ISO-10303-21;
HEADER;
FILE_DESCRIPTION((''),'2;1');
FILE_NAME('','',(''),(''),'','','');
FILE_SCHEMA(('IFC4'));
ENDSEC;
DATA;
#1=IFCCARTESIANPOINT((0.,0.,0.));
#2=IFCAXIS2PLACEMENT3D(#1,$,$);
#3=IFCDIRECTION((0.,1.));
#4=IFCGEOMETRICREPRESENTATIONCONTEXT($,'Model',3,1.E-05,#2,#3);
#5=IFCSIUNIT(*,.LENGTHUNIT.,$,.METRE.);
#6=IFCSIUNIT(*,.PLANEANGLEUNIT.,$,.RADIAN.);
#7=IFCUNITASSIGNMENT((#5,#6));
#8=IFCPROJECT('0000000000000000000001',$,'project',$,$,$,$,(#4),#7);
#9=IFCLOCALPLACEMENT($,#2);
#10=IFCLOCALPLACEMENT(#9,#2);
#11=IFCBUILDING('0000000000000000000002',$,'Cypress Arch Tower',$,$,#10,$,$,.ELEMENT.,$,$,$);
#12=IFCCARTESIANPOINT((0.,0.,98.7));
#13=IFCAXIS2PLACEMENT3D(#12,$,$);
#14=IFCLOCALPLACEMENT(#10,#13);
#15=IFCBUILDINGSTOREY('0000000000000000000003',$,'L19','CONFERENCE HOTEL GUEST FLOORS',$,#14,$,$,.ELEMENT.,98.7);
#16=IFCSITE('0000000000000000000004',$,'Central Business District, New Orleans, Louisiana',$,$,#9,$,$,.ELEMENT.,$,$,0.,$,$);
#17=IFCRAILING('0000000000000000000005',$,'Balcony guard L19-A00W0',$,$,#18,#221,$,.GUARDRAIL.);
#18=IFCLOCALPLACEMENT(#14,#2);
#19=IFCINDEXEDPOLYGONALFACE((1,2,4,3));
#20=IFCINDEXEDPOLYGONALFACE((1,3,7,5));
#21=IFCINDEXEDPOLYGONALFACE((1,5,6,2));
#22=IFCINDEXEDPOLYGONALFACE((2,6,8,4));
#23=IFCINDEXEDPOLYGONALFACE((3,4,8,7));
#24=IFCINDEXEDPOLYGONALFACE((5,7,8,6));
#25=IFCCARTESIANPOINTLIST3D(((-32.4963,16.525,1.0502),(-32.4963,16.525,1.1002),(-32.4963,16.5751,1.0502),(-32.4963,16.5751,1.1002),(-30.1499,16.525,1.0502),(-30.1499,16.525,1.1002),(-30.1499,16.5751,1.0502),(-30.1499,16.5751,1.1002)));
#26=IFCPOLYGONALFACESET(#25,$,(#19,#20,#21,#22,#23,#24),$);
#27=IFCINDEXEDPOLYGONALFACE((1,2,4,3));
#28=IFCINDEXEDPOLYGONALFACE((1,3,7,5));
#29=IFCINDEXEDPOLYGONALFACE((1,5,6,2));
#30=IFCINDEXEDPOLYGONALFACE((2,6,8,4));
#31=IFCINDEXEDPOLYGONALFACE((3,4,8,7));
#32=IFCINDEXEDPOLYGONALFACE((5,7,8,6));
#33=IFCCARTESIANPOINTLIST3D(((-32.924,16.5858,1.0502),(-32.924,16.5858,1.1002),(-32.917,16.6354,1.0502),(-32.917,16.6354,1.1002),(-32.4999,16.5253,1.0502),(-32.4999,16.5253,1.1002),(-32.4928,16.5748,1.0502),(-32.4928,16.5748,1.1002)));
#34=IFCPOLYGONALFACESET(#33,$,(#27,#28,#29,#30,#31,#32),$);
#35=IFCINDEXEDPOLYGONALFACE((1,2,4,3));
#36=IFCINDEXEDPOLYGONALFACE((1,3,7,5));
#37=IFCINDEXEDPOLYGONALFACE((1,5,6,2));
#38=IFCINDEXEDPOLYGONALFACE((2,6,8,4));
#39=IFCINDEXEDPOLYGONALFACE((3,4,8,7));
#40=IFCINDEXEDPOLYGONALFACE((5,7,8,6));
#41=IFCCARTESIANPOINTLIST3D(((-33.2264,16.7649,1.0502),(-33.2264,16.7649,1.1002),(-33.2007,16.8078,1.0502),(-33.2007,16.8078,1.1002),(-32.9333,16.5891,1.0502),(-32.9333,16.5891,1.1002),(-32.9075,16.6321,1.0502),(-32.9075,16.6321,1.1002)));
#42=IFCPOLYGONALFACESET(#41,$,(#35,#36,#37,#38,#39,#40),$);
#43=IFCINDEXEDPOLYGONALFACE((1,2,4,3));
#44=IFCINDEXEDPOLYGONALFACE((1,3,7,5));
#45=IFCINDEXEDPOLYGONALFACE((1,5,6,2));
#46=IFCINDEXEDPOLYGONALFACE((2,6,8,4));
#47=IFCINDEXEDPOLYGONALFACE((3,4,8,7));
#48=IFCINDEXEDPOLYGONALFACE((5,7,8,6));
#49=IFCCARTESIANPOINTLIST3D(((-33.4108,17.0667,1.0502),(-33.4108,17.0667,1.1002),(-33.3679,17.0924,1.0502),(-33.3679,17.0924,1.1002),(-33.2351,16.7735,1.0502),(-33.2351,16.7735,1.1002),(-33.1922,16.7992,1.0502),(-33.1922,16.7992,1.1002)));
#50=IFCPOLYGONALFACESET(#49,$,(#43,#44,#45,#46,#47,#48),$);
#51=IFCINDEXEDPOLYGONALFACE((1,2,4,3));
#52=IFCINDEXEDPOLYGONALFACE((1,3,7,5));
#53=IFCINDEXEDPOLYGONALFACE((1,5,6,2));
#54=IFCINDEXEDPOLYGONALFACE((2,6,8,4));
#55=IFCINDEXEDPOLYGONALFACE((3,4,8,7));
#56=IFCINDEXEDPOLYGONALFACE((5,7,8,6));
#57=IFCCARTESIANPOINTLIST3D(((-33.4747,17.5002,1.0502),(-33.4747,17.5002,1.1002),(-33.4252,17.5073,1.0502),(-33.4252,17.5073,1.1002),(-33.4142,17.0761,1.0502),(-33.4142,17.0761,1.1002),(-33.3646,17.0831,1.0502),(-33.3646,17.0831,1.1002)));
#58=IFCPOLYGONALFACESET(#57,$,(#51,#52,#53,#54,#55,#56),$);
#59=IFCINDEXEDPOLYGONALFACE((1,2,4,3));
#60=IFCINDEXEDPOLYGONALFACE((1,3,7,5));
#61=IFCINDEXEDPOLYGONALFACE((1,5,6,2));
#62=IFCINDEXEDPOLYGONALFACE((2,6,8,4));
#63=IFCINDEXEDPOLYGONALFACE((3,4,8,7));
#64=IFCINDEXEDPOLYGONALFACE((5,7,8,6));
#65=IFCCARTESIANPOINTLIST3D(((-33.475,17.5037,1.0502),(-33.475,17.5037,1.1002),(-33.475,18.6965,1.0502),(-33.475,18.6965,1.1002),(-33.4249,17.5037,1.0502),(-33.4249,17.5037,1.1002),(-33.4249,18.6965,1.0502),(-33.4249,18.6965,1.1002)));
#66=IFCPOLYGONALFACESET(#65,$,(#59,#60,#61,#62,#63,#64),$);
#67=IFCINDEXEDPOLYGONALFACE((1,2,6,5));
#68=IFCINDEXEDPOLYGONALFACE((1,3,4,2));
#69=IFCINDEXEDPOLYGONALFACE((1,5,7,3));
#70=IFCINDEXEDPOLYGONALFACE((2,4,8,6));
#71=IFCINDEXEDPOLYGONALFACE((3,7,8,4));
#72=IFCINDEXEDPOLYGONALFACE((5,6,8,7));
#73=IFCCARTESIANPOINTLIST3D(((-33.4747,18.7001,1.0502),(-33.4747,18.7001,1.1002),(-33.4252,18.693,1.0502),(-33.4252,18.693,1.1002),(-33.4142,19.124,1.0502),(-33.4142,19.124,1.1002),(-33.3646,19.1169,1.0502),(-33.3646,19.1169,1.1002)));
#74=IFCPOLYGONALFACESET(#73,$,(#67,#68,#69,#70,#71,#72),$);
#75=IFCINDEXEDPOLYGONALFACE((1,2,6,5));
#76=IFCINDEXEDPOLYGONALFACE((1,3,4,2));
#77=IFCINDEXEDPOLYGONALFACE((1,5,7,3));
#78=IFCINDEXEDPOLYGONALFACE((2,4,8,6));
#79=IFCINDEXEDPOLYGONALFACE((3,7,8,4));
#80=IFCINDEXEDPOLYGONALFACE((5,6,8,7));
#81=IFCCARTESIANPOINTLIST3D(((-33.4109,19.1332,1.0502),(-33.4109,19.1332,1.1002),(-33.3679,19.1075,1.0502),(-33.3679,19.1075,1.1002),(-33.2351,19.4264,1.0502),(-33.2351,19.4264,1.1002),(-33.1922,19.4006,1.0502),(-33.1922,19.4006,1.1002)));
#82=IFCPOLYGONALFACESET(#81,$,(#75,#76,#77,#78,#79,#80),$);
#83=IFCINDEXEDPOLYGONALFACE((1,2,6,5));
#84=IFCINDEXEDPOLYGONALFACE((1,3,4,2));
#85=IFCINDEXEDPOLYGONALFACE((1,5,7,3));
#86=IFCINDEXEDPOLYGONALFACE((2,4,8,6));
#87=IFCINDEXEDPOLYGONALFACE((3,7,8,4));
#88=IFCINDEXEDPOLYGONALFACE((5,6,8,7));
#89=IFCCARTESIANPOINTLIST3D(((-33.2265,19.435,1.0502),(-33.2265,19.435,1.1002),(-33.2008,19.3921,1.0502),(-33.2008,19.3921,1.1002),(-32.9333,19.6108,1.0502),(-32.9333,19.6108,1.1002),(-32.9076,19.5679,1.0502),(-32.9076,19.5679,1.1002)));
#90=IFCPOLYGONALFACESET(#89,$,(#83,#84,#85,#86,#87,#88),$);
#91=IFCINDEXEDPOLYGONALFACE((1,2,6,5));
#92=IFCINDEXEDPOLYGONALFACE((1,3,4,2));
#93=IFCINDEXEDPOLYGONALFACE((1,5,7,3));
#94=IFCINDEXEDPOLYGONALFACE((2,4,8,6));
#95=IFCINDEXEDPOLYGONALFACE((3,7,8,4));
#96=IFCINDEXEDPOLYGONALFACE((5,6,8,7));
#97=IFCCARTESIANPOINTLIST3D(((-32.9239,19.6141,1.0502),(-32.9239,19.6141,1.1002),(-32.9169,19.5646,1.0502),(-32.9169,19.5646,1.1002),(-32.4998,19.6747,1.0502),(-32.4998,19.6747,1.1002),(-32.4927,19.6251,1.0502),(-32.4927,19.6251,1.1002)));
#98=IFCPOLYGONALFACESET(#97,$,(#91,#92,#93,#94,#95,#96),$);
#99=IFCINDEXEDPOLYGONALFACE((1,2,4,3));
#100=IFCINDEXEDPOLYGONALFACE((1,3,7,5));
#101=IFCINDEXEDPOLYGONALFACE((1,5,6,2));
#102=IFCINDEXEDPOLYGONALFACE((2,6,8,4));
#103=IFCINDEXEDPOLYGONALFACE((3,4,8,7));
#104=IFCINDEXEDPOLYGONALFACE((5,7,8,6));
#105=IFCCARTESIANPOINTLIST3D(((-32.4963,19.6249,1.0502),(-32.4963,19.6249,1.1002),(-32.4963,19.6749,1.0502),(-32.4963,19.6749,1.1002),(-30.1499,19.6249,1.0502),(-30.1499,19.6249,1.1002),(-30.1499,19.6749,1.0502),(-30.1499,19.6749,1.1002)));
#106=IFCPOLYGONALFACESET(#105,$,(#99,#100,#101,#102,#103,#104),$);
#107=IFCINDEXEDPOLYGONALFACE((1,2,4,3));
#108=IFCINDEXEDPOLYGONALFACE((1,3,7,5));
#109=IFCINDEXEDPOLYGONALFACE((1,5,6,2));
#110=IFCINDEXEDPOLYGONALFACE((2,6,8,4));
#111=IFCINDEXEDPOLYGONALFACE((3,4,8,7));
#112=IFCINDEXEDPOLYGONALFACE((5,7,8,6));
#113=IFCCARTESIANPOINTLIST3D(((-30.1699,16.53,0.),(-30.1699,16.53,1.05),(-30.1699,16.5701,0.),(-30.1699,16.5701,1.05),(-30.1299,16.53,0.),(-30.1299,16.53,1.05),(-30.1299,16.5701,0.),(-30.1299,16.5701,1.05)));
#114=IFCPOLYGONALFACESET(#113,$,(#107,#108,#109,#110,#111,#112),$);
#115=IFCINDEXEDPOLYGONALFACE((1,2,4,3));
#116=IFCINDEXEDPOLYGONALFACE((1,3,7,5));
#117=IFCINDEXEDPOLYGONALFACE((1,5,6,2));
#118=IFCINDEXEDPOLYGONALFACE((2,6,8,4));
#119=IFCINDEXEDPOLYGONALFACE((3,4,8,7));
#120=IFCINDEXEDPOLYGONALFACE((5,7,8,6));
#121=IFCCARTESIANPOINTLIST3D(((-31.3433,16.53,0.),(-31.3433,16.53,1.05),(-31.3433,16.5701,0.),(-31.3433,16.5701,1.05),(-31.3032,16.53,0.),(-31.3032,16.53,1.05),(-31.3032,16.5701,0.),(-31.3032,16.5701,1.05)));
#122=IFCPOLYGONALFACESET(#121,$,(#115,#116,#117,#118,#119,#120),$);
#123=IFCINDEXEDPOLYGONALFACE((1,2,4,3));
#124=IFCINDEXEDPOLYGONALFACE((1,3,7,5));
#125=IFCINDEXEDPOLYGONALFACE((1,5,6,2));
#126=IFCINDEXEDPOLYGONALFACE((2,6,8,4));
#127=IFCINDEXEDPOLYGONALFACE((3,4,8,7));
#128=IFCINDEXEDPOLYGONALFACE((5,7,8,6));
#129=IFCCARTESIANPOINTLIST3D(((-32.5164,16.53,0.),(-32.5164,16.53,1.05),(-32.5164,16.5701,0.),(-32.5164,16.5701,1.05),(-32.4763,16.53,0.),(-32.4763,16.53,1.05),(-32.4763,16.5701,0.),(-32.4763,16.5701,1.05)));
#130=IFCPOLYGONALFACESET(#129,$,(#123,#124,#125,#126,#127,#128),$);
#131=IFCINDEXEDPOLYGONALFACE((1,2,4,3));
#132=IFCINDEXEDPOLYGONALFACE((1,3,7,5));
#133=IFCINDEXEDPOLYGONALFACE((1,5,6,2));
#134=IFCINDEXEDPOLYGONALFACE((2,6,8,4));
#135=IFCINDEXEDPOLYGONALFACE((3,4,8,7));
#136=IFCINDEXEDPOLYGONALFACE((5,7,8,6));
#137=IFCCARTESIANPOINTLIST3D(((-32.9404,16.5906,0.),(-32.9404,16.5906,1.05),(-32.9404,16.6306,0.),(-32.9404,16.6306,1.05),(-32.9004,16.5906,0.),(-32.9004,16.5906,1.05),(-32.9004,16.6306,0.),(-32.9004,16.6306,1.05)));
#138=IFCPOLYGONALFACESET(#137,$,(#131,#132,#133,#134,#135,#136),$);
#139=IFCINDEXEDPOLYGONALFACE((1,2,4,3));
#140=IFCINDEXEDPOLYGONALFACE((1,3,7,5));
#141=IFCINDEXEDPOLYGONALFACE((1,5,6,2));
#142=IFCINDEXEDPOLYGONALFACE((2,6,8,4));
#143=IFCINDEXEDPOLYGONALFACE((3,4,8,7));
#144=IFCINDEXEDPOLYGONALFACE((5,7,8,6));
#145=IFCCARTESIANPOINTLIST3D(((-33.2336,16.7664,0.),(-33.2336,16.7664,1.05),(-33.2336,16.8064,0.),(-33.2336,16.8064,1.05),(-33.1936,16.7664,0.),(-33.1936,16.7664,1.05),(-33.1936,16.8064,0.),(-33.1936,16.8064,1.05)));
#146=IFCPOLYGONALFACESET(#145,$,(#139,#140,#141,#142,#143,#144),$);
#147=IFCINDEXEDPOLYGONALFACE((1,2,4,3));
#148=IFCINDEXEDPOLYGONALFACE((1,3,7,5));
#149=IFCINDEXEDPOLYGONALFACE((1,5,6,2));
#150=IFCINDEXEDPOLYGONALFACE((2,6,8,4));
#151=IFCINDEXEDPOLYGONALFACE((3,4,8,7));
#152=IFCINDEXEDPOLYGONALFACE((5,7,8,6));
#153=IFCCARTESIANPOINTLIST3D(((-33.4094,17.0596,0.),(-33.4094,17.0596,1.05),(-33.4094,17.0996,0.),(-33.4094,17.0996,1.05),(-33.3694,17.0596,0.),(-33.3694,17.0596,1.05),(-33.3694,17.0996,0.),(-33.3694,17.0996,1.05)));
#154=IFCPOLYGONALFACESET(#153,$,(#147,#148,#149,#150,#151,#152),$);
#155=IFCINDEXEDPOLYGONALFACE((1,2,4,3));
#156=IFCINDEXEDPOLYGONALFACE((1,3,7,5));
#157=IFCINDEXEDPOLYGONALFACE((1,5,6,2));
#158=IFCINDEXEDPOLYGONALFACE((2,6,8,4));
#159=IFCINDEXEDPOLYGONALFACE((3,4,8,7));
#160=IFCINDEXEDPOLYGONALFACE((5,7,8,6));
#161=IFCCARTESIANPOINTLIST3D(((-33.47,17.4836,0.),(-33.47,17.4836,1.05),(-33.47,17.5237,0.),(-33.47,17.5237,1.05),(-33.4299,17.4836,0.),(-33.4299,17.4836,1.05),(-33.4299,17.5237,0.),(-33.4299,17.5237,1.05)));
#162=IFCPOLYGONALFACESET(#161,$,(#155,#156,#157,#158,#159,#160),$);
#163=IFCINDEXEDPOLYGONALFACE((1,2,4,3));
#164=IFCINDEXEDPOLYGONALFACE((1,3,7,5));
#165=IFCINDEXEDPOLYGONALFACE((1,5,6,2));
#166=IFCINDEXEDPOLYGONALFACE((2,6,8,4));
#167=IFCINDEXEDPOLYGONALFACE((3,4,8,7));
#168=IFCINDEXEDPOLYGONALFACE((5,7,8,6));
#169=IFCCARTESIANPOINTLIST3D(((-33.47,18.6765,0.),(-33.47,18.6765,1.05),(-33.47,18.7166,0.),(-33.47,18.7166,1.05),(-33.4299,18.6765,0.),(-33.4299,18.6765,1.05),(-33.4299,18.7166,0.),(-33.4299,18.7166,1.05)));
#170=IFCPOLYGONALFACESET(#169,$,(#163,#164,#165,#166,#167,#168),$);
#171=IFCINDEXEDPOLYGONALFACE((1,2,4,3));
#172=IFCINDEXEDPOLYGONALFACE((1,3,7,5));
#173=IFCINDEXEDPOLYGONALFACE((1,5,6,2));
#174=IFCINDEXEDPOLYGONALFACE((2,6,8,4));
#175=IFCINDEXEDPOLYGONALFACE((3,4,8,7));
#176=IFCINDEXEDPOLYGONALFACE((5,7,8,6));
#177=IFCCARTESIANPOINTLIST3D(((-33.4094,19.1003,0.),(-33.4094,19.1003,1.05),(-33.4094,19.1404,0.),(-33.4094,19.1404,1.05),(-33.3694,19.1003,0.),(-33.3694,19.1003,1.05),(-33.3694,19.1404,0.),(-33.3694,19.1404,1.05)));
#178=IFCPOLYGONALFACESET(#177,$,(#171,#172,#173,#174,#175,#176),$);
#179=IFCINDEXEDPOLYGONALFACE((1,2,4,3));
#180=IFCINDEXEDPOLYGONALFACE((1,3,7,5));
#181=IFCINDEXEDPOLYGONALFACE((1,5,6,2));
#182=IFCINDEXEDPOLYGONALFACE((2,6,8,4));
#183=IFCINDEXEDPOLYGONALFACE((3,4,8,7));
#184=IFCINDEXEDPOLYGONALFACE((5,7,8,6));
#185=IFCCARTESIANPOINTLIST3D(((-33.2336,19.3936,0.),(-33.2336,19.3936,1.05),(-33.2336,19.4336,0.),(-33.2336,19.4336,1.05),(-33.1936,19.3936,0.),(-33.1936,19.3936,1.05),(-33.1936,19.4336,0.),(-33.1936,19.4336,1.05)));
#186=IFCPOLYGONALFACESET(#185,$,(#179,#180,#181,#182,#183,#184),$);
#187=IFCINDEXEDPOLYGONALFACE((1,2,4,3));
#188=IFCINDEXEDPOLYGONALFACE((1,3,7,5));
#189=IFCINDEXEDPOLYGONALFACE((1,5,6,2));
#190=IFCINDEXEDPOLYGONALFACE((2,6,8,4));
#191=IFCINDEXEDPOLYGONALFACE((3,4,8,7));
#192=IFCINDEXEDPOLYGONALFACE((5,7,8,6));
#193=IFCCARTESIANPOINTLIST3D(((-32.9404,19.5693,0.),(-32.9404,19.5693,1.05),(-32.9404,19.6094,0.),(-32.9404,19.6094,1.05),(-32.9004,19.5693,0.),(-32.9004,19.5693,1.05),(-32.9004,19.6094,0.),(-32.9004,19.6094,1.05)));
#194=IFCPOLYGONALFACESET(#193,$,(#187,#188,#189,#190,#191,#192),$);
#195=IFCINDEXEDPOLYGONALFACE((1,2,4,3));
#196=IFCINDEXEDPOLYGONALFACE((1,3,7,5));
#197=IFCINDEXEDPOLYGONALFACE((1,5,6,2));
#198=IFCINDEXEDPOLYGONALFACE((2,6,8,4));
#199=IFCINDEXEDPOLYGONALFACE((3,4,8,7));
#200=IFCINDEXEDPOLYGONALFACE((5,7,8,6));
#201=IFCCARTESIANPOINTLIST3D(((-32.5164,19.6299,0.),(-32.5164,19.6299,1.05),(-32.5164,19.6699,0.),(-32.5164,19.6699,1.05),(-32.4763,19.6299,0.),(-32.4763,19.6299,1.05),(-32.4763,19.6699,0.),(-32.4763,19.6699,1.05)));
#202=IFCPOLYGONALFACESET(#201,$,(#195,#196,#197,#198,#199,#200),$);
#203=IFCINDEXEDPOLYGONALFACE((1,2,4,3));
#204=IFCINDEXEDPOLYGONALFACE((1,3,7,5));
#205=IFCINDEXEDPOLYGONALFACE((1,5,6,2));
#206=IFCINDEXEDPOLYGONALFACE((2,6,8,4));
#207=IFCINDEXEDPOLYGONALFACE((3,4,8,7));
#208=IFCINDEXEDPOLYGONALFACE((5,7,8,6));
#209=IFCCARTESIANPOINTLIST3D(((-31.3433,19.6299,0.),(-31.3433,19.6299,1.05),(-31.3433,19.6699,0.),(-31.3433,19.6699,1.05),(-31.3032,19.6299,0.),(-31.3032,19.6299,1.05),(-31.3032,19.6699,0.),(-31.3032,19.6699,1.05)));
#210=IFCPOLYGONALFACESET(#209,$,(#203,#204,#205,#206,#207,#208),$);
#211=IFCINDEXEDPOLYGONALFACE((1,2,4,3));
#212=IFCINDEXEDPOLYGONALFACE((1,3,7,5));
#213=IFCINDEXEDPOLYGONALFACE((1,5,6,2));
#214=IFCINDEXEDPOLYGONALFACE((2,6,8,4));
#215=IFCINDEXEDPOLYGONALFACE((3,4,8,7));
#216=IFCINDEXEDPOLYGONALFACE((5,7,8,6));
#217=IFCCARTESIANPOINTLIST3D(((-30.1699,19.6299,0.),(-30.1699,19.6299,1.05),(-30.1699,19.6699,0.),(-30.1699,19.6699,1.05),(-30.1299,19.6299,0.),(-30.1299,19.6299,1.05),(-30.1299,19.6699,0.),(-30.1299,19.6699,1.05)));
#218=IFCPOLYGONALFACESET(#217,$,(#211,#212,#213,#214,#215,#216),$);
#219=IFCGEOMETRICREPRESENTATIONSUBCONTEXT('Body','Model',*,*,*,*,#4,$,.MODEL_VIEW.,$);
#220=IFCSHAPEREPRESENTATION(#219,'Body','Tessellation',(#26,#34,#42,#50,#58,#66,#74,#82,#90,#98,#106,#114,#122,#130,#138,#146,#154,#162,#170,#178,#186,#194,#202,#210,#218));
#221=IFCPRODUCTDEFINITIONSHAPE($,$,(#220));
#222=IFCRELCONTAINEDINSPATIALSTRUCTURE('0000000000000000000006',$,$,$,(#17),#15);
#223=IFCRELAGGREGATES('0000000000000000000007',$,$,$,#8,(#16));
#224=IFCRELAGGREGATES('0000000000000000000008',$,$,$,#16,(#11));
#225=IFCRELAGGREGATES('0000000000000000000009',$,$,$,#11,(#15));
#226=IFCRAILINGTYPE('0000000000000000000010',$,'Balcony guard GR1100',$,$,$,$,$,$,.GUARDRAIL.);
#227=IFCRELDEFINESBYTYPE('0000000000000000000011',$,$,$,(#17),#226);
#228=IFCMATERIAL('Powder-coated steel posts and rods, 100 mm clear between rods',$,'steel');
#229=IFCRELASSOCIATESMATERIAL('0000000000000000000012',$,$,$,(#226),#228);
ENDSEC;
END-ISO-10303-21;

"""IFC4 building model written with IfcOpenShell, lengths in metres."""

from ifc_helpers import new_model, si_unit, direction, frame, origin, origin_2d, place, context, subcontext, project, spatial, rectangle, extrude, material, type_object, element, save


model = new_model("IFC4")

# Units and contexts
model_context = context("Model", 3, precision=1e-05, world=origin(), true_north=direction((0.0, 1.0)))
body_context = subcontext(model_context, "Body", "Model", "MODEL_VIEW")
ifc_project = project(units=[si_unit("LENGTHUNIT", "METRE"), si_unit("PLANEANGLEUNIT", "RADIAN")], contexts=[model_context])

# Site, building, storey
site_placement = place(None, origin())
site = spatial("IfcSite", under=ifc_project, at=site_placement, Name="Central Business District, New Orleans, Louisiana", CompositionType="ELEMENT", RefElevation=0.0)
building_placement = place(site_placement, origin())
building = spatial("IfcBuilding", under=site, at=building_placement, Name="Cypress Arch Tower", CompositionType="ELEMENT")
storey_placement = place(building_placement, frame((0.0, 0.0, 98.7)))
storey = spatial("IfcBuildingStorey", under=building, at=storey_placement, Name="L19", Description="CONFERENCE HOTEL GUEST FLOORS", CompositionType="ELEMENT", Elevation=98.7)

# Railing
ifc_material_1 = material(Name="Powder-coated steel posts and rods, 100 mm clear between rods", Category="steel")
railing_type_1 = type_object("IfcRailingType", Name="Balcony guard GR1100", PredefinedType="GUARDRAIL", material=ifc_material_1)
railing_1_placement = place(storey_placement, frame((-30.1499, 16.55, 0.0)))
element("IfcRailing", 1, at=railing_1_placement, inside=storey, type_object=railing_type_1, Name="Balcony guard L19-A00W0", PredefinedType="GUARDRAIL", context=body_context, shape_type="SweptSolid", body=[
    extrude(rectangle(XDim=0.05, YDim=0.05, at=origin_2d()), frame((0.0, 0.0, 1.0752), z_axis=(-1.0, 0.0, 0.0), x_axis=(0.0, -1.0, 0.0)), (0.0, 0.0, 1.0), 2.3464),
    extrude(rectangle(XDim=0.05, YDim=0.05, at=origin_2d()), frame((-2.3464, 0.0, 1.0752), z_axis=(-0.989961, 0.141342, 0.0), x_axis=(-0.141342, -0.989961, 0.0)), (0.0, 0.0, 1.0), 0.4285),
    extrude(rectangle(XDim=0.05, YDim=0.05, at=origin_2d()), frame((-2.7705, 0.0605, 1.0752), z_axis=(-0.857682, 0.514181, 0.0), x_axis=(-0.514181, -0.857682, 0.0)), (0.0, 0.0, 1.0), 0.3418),
    extrude(rectangle(XDim=0.05, YDim=0.05, at=origin_2d()), frame((-3.0637, 0.2363, 1.0752), z_axis=(-0.514181, 0.857682, 0.0), x_axis=(-0.857682, -0.514181, 0.0)), (0.0, 0.0, 1.0), 0.3418),
    extrude(rectangle(XDim=0.05, YDim=0.05, at=origin_2d()), frame((-3.2395, 0.5295, 1.0752), z_axis=(-0.141342, 0.989961, 0.0), x_axis=(-0.989961, -0.141342, 0.0)), (0.0, 0.0, 1.0), 0.4285),
    extrude(rectangle(XDim=0.05, YDim=0.05, at=origin_2d()), frame((-3.3, 0.9536, 1.0752), z_axis=(0.0, 1.0, 0.0), x_axis=(-1.0, 0.0, 0.0)), (0.0, 0.0, 1.0), 1.1929),
    extrude(rectangle(XDim=0.05, YDim=0.05, at=origin_2d()), frame((-3.3, 2.1465, 1.0752), z_axis=(0.141421, 0.989949, 0.0), x_axis=(-0.989949, 0.141421, 0.0)), (0.0, 0.0, 1.0), 0.4282),
    extrude(rectangle(XDim=0.05, YDim=0.05, at=origin_2d()), frame((-3.2395, 2.5703, 1.0752), z_axis=(0.514181, 0.857682, 0.0), x_axis=(-0.857682, 0.514181, 0.0)), (0.0, 0.0, 1.0), 0.3418),
    extrude(rectangle(XDim=0.05, YDim=0.05, at=origin_2d()), frame((-3.0637, 2.8635, 1.0752), z_axis=(0.857682, 0.514181, 0.0), x_axis=(-0.514181, 0.857682, 0.0)), (0.0, 0.0, 1.0), 0.3418),
    extrude(rectangle(XDim=0.05, YDim=0.05, at=origin_2d()), frame((-2.7705, 3.0393, 1.0752), z_axis=(0.989961, 0.141342, 0.0), x_axis=(-0.141342, 0.989961, 0.0)), (0.0, 0.0, 1.0), 0.4285),
    extrude(rectangle(XDim=0.05, YDim=0.05, at=origin_2d()), frame((-2.3464, 3.0999, 1.0752), z_axis=(1.0, 0.0, 0.0), x_axis=(0.0, 1.0, 0.0)), (0.0, 0.0, 1.0), 2.3464),
    extrude(rectangle(XDim=0.04, YDim=0.04, at=origin_2d()), origin(), (0.0, 0.0, 1.0), 1.05),
    extrude(rectangle(XDim=0.04, YDim=0.04, at=origin_2d()), frame((-1.1733, 0.0, 0.0)), (0.0, 0.0, 1.0), 1.05),
    extrude(rectangle(XDim=0.04, YDim=0.04, at=origin_2d()), frame((-2.3464, 0.0, 0.0)), (0.0, 0.0, 1.0), 1.05),
    extrude(rectangle(XDim=0.04, YDim=0.04, at=origin_2d()), frame((-2.7705, 0.0605, 0.0)), (0.0, 0.0, 1.0), 1.05),
    extrude(rectangle(XDim=0.04, YDim=0.04, at=origin_2d()), frame((-3.0637, 0.2363, 0.0)), (0.0, 0.0, 1.0), 1.05),
    extrude(rectangle(XDim=0.04, YDim=0.04, at=origin_2d()), frame((-3.2395, 0.5295, 0.0)), (0.0, 0.0, 1.0), 1.05),
    extrude(rectangle(XDim=0.04, YDim=0.04, at=origin_2d()), frame((-3.3, 0.9536, 0.0)), (0.0, 0.0, 1.0), 1.05),
    extrude(rectangle(XDim=0.04, YDim=0.04, at=origin_2d()), frame((-3.3, 2.1465, 0.0)), (0.0, 0.0, 1.0), 1.05),
    extrude(rectangle(XDim=0.04, YDim=0.04, at=origin_2d()), frame((-3.2395, 2.5703, 0.0)), (0.0, 0.0, 1.0), 1.05),
    extrude(rectangle(XDim=0.04, YDim=0.04, at=origin_2d()), frame((-3.0637, 2.8635, 0.0)), (0.0, 0.0, 1.0), 1.05),
    extrude(rectangle(XDim=0.04, YDim=0.04, at=origin_2d()), frame((-2.7705, 3.0393, 0.0)), (0.0, 0.0, 1.0), 1.05),
    extrude(rectangle(XDim=0.04, YDim=0.04, at=origin_2d()), frame((-2.3464, 3.0999, 0.0)), (0.0, 0.0, 1.0), 1.05),
    extrude(rectangle(XDim=0.04, YDim=0.04, at=origin_2d()), frame((-1.1733, 3.0999, 0.0)), (0.0, 0.0, 1.0), 1.05),
    extrude(rectangle(XDim=0.04, YDim=0.04, at=origin_2d()), frame((0.0, 3.0999, 0.0)), (0.0, 0.0, 1.0), 1.05),
])

save(model, "model.ifc")
